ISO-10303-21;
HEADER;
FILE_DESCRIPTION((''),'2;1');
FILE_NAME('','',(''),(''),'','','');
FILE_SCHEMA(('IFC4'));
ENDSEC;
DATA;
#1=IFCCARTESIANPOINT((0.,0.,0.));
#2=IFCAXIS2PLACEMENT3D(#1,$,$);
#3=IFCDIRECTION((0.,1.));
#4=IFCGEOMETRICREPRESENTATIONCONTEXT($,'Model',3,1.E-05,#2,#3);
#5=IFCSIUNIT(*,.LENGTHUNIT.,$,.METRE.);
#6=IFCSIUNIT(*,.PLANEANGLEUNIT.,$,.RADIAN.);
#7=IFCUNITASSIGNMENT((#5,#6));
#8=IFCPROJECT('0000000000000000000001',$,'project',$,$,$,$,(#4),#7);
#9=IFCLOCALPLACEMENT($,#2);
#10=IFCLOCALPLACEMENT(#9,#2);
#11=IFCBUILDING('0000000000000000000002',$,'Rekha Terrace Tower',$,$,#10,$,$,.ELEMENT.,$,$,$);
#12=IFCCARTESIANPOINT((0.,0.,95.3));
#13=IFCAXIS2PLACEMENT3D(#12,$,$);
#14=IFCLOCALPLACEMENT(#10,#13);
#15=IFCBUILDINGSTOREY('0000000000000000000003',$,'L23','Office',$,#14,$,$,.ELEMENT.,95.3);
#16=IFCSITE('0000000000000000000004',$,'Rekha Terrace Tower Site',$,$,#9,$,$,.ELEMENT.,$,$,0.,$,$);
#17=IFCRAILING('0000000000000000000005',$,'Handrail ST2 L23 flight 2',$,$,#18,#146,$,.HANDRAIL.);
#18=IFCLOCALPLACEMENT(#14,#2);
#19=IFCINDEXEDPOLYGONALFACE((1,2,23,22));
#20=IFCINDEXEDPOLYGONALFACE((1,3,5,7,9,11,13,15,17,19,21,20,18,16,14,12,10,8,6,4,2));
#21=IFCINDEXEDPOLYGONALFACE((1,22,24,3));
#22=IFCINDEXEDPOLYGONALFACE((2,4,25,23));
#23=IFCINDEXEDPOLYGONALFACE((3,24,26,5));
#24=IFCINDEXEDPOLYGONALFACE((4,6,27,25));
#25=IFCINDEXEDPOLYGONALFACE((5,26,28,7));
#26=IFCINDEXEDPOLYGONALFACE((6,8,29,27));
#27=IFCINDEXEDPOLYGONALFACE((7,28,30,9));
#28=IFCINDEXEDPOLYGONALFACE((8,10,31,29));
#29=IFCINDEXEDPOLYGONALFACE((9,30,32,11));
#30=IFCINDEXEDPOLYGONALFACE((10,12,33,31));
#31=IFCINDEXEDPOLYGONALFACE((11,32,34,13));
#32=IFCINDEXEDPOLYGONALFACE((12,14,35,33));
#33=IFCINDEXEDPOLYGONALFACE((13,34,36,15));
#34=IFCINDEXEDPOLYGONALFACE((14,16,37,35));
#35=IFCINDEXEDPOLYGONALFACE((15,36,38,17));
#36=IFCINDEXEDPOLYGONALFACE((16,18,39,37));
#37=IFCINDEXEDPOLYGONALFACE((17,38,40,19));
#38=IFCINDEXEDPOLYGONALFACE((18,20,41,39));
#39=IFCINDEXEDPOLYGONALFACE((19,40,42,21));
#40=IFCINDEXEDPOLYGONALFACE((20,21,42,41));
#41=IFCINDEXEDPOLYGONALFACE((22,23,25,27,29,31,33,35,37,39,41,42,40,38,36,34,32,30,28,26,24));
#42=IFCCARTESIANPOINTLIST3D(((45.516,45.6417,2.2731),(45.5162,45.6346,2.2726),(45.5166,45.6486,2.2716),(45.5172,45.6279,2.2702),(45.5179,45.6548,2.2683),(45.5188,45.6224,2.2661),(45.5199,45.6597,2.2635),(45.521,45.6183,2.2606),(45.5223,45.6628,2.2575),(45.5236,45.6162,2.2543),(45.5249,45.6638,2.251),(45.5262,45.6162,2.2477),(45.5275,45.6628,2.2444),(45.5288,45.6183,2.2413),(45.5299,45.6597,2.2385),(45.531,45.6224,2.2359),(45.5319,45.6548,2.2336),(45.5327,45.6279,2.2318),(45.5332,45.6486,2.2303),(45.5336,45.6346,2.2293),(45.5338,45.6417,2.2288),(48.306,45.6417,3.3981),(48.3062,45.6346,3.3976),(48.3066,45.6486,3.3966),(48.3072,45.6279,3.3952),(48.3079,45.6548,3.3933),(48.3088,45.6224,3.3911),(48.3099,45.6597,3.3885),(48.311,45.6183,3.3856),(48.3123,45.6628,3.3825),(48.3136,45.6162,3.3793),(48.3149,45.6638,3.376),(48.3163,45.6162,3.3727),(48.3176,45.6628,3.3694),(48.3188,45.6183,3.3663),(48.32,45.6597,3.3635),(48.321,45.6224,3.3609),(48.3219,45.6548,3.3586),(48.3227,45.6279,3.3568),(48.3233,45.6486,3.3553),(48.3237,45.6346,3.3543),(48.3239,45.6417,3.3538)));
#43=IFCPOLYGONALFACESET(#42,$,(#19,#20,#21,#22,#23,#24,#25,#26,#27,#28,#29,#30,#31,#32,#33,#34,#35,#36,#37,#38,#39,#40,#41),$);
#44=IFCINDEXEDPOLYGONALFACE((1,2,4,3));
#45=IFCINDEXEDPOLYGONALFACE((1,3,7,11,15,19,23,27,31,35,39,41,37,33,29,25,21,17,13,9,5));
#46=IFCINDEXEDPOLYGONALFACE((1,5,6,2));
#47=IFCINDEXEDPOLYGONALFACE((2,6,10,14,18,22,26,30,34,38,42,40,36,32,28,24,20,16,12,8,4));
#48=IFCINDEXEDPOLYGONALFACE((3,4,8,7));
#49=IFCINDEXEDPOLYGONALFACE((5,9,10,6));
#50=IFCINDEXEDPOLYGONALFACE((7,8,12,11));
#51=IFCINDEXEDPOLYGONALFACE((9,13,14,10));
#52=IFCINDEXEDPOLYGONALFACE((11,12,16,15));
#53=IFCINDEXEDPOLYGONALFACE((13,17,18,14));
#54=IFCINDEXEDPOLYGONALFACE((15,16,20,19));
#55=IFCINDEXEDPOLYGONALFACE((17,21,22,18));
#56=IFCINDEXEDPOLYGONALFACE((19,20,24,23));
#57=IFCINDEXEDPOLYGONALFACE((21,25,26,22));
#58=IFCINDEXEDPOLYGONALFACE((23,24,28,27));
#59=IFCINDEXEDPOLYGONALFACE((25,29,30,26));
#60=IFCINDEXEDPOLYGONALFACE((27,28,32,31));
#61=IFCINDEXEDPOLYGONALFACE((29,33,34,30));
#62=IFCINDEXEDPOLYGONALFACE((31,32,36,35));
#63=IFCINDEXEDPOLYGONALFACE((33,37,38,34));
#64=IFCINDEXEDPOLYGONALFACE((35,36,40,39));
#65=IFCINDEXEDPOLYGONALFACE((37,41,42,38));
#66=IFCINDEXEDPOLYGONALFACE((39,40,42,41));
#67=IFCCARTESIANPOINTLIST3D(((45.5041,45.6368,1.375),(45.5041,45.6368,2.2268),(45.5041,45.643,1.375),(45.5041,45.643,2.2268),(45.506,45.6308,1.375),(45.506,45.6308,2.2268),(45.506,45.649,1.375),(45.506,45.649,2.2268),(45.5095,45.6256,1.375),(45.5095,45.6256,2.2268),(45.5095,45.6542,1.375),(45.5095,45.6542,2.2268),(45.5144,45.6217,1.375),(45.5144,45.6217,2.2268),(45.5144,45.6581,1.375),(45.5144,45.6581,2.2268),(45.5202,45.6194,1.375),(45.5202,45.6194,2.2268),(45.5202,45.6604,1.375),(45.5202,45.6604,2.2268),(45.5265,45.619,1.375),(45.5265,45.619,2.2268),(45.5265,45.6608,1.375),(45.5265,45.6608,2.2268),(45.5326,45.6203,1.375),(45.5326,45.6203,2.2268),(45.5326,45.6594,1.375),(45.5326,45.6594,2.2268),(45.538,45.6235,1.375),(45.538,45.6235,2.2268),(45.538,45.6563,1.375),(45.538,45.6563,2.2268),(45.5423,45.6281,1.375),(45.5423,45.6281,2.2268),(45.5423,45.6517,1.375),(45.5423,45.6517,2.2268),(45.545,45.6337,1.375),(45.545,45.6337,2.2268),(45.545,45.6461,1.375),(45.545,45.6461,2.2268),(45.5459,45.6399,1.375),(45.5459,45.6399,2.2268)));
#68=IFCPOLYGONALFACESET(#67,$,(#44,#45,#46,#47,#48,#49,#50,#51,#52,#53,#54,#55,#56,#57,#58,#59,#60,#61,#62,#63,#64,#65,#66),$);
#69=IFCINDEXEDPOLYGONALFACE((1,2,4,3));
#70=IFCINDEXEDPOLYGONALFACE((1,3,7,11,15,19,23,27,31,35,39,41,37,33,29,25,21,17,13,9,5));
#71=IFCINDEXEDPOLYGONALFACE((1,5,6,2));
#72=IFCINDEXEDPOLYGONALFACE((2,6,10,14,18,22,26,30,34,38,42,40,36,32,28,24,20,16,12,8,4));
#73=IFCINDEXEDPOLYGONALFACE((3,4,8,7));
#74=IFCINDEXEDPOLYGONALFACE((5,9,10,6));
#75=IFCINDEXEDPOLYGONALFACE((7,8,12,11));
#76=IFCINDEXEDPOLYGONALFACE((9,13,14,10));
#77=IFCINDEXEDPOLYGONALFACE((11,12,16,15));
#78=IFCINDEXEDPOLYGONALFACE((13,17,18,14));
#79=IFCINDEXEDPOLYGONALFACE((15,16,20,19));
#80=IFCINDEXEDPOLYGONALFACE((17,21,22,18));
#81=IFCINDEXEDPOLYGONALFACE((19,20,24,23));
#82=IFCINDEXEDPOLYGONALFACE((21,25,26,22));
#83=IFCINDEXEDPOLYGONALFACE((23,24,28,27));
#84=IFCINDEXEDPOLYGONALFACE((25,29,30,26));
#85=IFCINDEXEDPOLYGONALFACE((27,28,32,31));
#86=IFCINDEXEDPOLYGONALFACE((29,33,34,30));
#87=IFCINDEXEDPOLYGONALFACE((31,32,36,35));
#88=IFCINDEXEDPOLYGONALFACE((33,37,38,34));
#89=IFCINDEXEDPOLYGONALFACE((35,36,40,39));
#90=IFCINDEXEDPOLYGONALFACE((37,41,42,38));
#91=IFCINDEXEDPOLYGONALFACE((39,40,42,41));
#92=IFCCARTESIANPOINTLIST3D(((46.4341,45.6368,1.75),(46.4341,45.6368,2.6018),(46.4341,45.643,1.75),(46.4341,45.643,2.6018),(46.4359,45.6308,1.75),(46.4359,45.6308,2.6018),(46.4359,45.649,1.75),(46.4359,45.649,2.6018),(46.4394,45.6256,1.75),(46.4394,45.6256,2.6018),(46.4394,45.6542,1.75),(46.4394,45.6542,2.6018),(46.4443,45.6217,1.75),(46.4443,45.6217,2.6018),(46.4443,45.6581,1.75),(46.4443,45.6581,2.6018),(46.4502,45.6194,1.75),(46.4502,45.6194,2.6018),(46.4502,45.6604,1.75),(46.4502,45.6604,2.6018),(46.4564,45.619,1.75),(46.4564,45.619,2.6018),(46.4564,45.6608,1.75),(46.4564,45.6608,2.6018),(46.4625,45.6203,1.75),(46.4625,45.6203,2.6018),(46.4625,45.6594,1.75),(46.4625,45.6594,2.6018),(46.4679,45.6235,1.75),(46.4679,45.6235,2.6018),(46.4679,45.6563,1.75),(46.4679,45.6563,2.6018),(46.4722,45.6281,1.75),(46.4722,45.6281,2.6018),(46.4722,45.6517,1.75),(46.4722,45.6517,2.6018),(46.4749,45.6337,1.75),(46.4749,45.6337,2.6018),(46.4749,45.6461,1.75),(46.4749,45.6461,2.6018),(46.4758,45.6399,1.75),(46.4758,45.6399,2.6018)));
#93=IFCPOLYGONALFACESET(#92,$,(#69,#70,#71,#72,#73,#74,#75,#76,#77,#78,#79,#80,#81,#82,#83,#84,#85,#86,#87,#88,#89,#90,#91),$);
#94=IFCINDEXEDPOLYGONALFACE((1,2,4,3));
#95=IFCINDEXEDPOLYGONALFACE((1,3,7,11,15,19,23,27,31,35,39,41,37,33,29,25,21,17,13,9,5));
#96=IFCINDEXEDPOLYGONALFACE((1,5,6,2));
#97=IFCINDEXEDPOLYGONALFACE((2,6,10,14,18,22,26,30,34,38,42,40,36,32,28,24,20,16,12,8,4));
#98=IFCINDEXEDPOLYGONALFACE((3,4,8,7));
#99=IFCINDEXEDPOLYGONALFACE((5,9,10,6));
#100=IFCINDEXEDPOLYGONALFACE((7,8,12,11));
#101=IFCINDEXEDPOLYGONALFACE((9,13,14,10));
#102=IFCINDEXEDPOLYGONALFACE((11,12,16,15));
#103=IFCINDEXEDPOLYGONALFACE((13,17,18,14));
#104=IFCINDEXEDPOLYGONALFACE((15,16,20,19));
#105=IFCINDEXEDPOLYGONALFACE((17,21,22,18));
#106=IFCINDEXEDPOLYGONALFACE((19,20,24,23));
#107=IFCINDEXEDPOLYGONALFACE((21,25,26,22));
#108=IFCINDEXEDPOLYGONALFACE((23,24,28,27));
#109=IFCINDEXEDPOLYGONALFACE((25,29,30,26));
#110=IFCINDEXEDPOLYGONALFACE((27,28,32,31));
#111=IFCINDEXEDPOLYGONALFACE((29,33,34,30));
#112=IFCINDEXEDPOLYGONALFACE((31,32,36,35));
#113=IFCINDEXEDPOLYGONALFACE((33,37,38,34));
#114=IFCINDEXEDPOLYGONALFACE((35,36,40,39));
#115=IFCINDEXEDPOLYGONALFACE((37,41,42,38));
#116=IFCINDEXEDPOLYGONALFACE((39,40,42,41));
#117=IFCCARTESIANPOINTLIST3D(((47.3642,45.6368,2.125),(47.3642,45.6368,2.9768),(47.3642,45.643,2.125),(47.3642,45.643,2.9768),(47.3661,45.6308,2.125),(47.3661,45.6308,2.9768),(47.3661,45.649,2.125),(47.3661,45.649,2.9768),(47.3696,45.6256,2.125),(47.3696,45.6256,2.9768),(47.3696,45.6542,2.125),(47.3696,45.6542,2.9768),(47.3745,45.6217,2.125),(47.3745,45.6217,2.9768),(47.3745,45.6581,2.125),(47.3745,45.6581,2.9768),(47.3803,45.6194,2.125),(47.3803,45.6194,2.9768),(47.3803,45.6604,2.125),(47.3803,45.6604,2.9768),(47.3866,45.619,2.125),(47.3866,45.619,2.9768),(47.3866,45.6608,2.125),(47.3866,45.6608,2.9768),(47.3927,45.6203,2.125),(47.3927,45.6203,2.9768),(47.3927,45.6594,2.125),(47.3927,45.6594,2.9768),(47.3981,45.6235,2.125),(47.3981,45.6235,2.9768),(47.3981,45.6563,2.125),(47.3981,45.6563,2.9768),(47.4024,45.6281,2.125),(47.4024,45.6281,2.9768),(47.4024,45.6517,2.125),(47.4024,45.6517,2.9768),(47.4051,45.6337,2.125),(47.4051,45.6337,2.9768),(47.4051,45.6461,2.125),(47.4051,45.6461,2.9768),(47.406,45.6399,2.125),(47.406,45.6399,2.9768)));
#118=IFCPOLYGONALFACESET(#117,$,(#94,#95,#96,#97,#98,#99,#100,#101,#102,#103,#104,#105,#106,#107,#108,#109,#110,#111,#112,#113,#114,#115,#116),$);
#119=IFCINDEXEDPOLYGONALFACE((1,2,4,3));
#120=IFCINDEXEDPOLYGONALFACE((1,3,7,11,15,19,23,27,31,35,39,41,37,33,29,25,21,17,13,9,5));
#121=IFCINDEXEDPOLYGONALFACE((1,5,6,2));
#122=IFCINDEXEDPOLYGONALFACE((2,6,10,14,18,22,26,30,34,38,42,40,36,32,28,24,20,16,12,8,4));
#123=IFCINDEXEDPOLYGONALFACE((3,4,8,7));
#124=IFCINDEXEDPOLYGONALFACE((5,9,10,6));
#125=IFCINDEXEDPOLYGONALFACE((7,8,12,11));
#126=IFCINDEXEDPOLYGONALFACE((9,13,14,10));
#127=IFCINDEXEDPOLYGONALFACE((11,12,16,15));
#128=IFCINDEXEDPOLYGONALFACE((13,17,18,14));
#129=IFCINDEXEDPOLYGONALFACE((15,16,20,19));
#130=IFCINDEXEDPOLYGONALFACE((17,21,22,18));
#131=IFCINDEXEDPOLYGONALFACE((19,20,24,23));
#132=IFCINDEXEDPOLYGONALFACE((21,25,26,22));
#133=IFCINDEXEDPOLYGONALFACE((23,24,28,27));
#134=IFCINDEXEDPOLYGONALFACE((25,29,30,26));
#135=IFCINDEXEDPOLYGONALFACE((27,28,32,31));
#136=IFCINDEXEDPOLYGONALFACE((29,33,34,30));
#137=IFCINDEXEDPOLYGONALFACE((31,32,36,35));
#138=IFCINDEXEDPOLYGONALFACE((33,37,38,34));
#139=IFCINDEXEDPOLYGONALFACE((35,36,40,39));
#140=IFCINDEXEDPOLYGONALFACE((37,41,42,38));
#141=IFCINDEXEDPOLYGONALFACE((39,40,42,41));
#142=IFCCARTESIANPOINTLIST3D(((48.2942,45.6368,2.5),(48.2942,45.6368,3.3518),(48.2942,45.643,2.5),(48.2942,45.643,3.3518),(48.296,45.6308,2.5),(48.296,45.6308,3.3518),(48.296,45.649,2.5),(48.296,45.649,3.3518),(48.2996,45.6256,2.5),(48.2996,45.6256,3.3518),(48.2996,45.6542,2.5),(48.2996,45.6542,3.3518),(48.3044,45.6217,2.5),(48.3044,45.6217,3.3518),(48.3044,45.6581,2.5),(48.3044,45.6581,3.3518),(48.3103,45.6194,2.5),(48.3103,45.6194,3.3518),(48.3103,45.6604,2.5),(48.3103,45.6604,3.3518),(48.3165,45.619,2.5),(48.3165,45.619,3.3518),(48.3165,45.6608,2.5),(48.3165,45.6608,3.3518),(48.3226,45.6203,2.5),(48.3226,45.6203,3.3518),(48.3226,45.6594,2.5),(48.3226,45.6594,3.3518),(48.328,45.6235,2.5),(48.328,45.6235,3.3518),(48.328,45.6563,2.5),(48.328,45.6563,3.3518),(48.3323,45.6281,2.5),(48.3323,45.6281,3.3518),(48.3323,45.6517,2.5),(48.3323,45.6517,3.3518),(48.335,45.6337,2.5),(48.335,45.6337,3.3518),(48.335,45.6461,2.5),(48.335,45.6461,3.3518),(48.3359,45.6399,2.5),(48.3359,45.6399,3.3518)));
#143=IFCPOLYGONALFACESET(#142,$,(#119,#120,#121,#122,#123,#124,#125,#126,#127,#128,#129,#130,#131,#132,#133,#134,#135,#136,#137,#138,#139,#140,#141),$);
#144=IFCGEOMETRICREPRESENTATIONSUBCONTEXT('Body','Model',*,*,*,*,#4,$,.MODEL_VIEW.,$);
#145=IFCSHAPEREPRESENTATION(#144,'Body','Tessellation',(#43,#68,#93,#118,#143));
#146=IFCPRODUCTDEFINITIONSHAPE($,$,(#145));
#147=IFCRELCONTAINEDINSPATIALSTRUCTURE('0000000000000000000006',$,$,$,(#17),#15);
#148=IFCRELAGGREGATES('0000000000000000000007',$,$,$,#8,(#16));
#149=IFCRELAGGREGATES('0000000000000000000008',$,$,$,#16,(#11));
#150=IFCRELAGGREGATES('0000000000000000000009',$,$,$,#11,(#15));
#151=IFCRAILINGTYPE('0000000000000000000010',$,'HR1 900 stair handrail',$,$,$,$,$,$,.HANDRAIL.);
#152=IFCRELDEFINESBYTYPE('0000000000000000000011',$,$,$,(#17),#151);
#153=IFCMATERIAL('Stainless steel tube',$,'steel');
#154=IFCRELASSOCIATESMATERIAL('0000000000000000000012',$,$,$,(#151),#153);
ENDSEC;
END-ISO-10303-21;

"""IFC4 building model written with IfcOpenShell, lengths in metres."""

from ifc_helpers import new_model, si_unit, direction, frame, origin, origin_2d, place, context, subcontext, project, spatial, circle, extrude, material, type_object, element, save


model = new_model("IFC4")

# Units and contexts
model_context = context("Model", 3, precision=1e-05, world=origin(), true_north=direction((0.0, 1.0)))
body_context = subcontext(model_context, "Body", "Model", "MODEL_VIEW")
ifc_project = project(units=[si_unit("LENGTHUNIT", "METRE"), si_unit("PLANEANGLEUNIT", "RADIAN")], contexts=[model_context])

# Site, building, storey
site_placement = place(None, origin())
site = spatial("IfcSite", under=ifc_project, at=site_placement, Name="Rekha Terrace Tower Site", CompositionType="ELEMENT", RefElevation=0.0)
building_placement = place(site_placement, origin())
building = spatial("IfcBuilding", under=site, at=building_placement, Name="Rekha Terrace Tower", CompositionType="ELEMENT")
storey_placement = place(building_placement, frame((0.0, 0.0, 95.3)))
storey = spatial("IfcBuildingStorey", under=building, at=storey_placement, Name="L23", Description="Office", CompositionType="ELEMENT", Elevation=95.3)

# Railing
ifc_material_1 = material(Name="Stainless steel tube", Category="steel")
railing_type_1 = type_object("IfcRailingType", Name="HR1 900 stair handrail", PredefinedType="HANDRAIL", material=ifc_material_1)
railing_1_placement = place(storey_placement, frame((45.5249, 45.6399, 1.375)))
element("IfcRailing", 1, at=railing_1_placement, inside=storey, type_object=railing_type_1, Name="Handrail ST2 L23 flight 2", PredefinedType="HANDRAIL", context=body_context, shape_type="SweptSolid", body=[
    extrude(circle(Radius=0.0239, at=origin_2d()), frame((0.0, 0.0, 0.876), z_axis=(0.927443, 0.0, 0.373964), x_axis=(0.0, 1.0, 0.0)), (0.0, 0.0, 1.0), 3.0083),
    extrude(circle(Radius=0.021, at=origin_2d()), origin(), (0.0, 0.0, 1.0), 0.8518),
    extrude(circle(Radius=0.021, at=origin_2d()), frame((0.9299, 0.0, 0.375)), (0.0, 0.0, 1.0), 0.8518),
    extrude(circle(Radius=0.021, at=origin_2d()), frame((1.8601, 0.0, 0.75)), (0.0, 0.0, 1.0), 0.8518),
    extrude(circle(Radius=0.021, at=origin_2d()), frame((2.79, 0.0, 1.125)), (0.0, 0.0, 1.0), 0.8518),
])

save(model, "model.ifc")
